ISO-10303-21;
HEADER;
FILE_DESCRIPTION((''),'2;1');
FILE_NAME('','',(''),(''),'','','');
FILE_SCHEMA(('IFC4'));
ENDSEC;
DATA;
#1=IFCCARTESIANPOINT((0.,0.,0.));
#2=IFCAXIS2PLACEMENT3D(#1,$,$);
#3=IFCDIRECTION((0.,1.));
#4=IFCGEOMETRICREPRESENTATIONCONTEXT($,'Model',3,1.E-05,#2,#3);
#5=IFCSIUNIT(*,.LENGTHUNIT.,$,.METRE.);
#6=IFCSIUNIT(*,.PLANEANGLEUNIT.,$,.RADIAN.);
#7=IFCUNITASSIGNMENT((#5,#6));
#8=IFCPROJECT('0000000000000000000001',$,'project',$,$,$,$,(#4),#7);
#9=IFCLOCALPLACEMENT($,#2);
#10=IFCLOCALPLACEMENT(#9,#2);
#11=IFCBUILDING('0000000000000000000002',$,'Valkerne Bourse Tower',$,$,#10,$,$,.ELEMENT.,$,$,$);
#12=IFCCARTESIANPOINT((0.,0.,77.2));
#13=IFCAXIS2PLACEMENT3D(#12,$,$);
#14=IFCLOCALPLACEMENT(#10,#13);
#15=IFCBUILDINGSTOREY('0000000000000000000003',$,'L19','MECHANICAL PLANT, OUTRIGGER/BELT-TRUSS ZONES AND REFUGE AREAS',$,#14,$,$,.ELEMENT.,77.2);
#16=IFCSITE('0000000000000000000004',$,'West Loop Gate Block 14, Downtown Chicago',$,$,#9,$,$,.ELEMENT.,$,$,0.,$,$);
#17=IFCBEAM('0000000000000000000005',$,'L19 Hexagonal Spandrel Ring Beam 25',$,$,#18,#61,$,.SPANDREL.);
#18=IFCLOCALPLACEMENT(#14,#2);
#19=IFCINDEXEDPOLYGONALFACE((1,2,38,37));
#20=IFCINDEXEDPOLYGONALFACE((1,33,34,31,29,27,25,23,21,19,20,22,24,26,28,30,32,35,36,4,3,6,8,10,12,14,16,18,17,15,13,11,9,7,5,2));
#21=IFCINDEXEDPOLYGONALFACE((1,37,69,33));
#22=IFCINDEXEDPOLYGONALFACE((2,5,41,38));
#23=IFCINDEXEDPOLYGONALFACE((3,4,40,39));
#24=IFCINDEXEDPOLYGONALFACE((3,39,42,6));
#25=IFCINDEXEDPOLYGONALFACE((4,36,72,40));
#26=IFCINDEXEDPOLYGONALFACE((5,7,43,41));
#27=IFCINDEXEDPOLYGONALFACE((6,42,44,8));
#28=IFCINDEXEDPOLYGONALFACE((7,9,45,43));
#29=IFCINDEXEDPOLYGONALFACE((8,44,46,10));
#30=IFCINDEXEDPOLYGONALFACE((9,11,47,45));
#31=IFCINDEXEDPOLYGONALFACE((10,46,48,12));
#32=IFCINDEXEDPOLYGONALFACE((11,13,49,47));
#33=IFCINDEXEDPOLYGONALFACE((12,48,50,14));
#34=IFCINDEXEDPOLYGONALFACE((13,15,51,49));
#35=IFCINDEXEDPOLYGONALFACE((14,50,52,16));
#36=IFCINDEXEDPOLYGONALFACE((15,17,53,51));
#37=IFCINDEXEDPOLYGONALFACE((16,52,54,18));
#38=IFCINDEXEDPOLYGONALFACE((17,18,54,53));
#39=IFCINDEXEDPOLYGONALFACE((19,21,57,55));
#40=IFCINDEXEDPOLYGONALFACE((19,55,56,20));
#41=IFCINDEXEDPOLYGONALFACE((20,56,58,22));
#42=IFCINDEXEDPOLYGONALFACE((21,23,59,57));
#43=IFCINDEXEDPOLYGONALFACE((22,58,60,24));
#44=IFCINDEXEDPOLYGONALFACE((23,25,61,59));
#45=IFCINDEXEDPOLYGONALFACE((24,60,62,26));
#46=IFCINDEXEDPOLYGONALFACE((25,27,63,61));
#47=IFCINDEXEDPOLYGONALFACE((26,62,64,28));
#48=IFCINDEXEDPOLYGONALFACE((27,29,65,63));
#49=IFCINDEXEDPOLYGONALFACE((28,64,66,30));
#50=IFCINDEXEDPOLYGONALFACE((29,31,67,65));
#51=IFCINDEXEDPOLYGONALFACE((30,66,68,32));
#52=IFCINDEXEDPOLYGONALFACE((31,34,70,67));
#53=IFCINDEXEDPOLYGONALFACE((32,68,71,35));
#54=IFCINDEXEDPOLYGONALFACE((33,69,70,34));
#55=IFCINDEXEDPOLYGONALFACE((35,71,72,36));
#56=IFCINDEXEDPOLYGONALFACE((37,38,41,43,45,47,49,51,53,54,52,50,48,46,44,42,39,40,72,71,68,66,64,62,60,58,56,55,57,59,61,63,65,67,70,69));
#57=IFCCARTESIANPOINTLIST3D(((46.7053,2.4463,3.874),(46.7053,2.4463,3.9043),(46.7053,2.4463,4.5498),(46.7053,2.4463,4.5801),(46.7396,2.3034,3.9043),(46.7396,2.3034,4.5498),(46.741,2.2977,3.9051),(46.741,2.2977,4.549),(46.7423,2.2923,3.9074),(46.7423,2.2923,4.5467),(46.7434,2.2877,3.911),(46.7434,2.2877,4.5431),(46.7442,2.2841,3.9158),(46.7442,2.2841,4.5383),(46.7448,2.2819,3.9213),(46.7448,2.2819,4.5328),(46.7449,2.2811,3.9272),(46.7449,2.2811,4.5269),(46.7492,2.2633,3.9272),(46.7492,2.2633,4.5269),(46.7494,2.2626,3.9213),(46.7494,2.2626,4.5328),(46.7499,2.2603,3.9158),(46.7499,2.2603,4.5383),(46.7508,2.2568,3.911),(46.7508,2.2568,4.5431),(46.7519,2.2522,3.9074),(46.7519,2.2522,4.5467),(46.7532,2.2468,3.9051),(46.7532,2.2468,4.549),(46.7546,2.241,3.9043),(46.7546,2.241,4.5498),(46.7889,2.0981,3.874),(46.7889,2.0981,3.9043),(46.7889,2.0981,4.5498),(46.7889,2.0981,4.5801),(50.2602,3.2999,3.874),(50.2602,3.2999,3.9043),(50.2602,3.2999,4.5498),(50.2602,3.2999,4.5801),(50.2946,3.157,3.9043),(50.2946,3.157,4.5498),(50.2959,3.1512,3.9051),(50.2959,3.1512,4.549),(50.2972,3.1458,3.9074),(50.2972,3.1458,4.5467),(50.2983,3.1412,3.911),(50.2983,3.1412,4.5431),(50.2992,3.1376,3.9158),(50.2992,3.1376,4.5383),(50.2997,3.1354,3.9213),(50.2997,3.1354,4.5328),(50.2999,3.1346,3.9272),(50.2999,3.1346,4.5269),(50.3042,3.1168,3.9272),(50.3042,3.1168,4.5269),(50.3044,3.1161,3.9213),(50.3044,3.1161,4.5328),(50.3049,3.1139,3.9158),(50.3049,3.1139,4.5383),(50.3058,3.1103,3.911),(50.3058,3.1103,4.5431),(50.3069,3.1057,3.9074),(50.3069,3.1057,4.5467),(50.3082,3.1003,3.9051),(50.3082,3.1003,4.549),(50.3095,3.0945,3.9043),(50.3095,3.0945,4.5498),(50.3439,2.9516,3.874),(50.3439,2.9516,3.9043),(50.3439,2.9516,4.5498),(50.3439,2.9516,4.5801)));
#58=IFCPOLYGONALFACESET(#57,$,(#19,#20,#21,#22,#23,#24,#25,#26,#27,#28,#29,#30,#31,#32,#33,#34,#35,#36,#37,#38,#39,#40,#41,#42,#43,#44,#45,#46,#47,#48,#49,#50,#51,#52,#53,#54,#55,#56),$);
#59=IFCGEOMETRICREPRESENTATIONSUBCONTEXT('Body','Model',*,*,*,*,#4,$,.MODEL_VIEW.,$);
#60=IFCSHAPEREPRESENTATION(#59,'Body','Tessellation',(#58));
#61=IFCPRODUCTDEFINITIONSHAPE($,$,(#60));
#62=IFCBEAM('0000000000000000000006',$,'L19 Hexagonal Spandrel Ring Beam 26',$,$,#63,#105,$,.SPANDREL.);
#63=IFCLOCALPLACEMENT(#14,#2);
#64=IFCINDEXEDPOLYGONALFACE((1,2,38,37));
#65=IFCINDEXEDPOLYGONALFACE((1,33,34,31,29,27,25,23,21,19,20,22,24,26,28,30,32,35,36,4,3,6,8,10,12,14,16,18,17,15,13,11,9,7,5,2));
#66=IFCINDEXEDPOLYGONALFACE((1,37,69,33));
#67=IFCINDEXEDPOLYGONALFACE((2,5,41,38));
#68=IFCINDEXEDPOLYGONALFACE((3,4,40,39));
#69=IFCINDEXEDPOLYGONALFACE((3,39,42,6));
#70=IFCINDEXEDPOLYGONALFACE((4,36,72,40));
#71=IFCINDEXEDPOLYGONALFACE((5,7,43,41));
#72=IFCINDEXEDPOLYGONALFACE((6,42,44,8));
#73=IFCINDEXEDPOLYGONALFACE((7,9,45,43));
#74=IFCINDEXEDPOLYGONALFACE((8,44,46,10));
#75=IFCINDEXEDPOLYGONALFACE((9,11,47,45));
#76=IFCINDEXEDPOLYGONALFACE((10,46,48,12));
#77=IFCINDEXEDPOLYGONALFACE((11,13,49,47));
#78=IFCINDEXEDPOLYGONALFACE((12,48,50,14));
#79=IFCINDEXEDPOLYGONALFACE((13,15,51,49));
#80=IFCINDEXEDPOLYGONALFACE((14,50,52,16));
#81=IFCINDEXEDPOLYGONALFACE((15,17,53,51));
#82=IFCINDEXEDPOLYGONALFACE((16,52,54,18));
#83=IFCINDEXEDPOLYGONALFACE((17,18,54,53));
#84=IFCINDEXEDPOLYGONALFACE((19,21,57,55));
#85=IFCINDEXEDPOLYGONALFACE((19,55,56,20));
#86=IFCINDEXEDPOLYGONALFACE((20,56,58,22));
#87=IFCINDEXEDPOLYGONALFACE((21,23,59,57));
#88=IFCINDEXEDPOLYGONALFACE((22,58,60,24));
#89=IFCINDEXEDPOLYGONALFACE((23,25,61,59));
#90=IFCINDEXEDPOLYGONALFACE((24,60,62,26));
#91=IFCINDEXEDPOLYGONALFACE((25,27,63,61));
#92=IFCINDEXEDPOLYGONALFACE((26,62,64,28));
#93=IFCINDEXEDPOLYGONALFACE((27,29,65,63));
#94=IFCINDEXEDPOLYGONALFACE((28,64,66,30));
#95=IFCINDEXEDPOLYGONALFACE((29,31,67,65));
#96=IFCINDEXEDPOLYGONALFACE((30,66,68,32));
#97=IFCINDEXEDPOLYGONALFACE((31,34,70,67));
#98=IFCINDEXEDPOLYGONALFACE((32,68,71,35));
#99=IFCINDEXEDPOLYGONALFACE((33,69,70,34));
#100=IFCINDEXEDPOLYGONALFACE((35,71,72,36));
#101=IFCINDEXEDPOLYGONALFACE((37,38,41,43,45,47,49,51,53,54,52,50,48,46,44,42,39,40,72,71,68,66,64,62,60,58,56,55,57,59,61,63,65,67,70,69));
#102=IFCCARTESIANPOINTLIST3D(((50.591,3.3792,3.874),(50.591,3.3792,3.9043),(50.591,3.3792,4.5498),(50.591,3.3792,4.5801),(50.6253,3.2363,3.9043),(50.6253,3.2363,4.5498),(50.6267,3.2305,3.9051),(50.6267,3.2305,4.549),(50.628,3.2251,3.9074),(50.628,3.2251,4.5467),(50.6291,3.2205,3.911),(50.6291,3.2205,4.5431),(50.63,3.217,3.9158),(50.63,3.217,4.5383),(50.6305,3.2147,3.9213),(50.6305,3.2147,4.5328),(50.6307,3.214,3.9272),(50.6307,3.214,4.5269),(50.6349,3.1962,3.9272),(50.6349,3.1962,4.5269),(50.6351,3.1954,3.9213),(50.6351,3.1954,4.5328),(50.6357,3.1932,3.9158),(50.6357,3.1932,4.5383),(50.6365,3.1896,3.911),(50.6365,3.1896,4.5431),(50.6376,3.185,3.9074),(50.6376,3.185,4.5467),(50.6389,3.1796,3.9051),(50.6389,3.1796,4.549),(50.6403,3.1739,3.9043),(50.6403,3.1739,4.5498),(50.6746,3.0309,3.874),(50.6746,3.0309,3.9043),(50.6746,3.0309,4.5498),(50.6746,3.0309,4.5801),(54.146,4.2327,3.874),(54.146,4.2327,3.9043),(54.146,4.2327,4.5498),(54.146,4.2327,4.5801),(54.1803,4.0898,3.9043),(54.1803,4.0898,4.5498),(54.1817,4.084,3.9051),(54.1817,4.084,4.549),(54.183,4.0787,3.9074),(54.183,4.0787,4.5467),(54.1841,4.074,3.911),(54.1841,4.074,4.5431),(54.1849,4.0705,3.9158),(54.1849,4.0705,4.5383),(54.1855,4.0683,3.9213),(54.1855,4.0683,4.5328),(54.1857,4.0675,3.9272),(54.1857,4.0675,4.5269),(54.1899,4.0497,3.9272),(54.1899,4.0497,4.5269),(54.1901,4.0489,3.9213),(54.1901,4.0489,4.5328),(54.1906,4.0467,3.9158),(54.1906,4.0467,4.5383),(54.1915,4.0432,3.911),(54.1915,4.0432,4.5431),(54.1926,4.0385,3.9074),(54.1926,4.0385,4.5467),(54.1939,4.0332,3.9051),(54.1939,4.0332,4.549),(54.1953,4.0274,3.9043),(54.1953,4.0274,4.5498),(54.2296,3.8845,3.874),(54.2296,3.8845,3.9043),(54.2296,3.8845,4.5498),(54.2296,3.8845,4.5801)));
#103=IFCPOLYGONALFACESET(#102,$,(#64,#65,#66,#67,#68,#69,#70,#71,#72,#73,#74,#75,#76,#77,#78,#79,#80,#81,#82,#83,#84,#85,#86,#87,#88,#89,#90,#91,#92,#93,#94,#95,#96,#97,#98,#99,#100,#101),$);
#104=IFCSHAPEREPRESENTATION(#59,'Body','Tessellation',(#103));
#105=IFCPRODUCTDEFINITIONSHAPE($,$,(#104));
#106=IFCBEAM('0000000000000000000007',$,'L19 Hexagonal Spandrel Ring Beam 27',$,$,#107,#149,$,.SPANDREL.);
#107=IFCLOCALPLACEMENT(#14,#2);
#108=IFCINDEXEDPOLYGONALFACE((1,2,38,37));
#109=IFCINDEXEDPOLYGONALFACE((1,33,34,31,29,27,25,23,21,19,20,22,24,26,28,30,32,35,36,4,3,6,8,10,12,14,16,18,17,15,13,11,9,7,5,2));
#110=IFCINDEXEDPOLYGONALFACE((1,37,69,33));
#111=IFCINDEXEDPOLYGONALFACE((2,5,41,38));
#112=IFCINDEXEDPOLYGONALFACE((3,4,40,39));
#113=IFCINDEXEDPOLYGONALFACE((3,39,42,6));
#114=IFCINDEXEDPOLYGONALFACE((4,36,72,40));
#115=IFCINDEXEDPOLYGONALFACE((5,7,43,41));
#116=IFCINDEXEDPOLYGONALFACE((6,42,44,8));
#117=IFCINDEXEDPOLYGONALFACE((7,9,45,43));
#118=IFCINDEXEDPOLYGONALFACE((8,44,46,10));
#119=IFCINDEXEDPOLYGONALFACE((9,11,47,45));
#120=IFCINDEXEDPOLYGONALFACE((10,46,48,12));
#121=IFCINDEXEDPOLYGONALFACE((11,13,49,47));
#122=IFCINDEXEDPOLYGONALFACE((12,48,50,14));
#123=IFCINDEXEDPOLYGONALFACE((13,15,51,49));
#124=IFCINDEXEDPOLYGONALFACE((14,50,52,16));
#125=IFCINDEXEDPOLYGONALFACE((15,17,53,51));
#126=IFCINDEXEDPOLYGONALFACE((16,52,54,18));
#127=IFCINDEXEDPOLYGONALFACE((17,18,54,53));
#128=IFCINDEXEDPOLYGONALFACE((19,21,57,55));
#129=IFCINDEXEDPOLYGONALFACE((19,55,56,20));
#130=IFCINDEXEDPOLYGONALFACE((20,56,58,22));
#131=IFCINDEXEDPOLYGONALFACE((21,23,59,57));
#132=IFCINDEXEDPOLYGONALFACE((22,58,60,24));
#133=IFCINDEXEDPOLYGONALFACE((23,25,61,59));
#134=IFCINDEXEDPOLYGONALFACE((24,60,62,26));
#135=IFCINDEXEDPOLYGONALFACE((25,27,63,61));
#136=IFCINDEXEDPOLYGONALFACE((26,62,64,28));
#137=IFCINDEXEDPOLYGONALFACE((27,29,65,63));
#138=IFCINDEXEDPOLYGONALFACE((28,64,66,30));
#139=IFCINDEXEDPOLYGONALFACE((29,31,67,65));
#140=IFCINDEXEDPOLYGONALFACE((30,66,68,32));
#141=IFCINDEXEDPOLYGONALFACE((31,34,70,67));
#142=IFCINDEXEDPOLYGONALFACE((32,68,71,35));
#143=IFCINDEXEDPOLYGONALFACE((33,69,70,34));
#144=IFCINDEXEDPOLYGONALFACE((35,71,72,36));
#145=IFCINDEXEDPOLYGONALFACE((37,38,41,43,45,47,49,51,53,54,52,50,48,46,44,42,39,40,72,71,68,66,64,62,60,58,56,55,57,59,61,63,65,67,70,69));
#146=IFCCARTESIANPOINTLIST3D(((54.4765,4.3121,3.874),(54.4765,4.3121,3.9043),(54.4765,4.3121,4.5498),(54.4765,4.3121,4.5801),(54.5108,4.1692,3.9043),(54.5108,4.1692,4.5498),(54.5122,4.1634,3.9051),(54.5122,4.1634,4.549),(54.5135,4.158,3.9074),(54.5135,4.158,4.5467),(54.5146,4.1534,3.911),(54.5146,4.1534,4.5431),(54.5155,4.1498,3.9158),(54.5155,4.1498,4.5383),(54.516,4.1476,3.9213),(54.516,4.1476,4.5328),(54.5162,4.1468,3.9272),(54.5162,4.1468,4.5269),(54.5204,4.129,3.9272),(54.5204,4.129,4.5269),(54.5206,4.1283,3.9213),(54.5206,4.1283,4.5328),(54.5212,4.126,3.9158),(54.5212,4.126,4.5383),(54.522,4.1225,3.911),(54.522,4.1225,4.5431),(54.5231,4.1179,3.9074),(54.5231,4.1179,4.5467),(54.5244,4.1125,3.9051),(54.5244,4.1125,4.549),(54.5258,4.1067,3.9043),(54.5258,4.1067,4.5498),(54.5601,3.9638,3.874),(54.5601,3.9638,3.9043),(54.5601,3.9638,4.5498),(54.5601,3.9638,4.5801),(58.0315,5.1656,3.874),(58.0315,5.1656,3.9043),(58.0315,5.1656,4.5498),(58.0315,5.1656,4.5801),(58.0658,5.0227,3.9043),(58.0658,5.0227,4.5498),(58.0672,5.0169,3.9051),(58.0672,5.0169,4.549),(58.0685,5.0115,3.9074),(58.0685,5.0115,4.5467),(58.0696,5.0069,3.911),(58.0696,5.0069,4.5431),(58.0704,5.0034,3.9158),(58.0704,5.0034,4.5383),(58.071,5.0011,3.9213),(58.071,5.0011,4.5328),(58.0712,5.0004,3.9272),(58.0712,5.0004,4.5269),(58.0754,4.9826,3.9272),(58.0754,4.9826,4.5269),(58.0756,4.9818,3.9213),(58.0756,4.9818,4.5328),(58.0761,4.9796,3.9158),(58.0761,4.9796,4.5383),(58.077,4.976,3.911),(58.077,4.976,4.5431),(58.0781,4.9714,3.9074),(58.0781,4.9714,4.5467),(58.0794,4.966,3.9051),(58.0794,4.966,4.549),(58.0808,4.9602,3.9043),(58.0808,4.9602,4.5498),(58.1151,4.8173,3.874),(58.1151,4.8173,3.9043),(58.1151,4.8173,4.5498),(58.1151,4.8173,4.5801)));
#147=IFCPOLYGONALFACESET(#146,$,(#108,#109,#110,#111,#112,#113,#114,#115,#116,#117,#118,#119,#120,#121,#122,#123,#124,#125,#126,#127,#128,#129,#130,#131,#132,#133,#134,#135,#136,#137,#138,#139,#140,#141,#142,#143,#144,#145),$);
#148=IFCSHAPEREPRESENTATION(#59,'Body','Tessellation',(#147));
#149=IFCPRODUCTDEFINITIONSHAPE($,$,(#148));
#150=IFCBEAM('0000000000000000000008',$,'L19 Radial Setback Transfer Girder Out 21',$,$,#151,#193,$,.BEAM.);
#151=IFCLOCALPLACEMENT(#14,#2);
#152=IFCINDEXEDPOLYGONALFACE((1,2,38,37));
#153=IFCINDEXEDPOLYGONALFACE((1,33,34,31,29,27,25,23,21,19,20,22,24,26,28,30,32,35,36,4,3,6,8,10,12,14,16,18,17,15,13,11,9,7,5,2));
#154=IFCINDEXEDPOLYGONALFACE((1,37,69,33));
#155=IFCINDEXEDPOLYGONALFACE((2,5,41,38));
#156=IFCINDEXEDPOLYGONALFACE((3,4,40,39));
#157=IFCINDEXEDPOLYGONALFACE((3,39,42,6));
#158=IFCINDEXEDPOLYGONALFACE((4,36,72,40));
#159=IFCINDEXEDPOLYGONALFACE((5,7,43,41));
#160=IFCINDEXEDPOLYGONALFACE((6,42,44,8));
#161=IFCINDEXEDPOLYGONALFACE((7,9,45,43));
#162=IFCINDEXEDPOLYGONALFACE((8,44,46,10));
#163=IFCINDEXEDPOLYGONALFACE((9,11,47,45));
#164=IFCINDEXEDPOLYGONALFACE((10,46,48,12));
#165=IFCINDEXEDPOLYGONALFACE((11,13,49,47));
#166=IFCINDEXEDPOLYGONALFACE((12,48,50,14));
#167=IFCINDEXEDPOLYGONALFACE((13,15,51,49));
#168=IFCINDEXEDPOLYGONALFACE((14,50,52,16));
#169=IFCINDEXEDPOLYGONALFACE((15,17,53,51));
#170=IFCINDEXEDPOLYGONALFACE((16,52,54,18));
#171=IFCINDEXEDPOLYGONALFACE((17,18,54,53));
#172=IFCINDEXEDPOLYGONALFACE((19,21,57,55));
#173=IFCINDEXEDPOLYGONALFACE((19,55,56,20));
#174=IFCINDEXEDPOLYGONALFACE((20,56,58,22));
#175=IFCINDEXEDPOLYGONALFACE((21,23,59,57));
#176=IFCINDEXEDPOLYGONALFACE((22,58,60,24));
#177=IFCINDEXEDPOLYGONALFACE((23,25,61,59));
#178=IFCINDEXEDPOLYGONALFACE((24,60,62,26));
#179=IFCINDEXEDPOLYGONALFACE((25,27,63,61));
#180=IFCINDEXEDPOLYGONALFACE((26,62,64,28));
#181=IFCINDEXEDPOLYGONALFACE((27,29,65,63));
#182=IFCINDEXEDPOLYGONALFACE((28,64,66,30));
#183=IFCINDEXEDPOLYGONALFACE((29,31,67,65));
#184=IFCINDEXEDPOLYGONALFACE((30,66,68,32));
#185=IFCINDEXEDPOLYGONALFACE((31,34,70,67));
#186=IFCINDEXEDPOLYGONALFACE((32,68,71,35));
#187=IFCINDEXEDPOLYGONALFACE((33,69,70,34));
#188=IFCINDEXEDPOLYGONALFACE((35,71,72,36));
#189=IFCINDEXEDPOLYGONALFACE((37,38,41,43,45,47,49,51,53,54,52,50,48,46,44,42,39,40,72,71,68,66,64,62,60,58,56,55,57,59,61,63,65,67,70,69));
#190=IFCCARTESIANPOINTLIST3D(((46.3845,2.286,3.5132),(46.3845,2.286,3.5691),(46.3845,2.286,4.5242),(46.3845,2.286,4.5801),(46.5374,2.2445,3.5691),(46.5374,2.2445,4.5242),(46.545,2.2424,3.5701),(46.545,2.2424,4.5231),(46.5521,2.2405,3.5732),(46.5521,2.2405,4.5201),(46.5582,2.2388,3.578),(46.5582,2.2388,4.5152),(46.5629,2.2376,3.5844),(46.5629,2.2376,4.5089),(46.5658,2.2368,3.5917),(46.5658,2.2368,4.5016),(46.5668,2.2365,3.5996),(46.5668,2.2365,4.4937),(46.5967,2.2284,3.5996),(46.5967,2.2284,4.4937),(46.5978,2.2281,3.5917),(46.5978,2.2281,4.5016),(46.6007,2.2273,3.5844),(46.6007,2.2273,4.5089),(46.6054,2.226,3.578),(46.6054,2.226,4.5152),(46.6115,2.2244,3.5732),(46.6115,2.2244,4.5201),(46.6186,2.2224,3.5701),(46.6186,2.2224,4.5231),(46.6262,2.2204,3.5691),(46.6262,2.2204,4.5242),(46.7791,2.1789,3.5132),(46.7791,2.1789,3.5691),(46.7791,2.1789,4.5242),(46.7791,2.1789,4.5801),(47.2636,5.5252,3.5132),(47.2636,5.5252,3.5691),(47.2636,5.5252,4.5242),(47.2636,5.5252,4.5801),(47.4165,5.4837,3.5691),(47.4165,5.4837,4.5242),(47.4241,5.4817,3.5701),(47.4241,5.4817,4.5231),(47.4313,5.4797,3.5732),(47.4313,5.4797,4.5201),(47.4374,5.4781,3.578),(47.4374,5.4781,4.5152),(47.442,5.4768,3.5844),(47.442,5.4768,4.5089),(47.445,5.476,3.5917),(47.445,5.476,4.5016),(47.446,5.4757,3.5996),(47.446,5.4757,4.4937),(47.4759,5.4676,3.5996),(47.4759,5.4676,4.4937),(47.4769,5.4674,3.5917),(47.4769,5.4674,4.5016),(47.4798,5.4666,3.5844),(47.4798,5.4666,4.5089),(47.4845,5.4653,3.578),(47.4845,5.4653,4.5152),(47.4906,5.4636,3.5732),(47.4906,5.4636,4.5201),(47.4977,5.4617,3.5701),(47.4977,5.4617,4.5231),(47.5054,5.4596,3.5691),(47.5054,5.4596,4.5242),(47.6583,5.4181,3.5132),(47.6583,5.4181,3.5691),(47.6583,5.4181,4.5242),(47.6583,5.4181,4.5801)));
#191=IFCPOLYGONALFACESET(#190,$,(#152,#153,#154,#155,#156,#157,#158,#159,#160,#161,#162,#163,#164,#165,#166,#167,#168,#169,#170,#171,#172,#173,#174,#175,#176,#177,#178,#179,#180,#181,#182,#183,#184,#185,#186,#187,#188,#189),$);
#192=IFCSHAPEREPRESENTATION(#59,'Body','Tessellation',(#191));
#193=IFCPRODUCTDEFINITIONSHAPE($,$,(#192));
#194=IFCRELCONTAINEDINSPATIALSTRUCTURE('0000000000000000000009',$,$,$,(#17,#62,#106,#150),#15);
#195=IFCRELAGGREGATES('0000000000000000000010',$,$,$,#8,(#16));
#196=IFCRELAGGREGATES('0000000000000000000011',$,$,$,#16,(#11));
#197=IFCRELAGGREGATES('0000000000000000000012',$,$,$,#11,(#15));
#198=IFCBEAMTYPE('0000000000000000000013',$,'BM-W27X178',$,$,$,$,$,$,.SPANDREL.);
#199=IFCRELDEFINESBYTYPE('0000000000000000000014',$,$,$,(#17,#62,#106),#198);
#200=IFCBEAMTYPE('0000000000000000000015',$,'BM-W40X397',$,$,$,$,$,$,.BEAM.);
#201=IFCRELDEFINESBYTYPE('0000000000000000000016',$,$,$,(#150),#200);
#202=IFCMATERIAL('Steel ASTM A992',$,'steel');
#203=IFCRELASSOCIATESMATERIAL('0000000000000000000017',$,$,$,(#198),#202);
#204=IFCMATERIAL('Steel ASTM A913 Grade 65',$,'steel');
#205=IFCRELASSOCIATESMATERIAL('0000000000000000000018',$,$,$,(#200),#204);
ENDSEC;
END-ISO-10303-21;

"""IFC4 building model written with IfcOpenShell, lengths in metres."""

from ifc_helpers import new_model, si_unit, direction, frame, origin, origin_2d, place, context, subcontext, project, spatial, i_section, extrude, material, material_profile, profile_set, type_object, element, save


model = new_model("IFC4")

# Units and contexts
model_context = context("Model", 3, precision=1e-05, world=origin(), true_north=direction((0.0, 1.0)))
body_context = subcontext(model_context, "Body", "Model", "MODEL_VIEW")
ifc_project = project(units=[si_unit("LENGTHUNIT", "METRE"), si_unit("PLANEANGLEUNIT", "RADIAN")], contexts=[model_context])

# Site, building, storey
site_placement = place(None, origin())
site = spatial("IfcSite", under=ifc_project, at=site_placement, Name="West Loop Gate Block 14, Downtown Chicago", CompositionType="ELEMENT", RefElevation=0.0)
building_placement = place(site_placement, origin())
building = spatial("IfcBuilding", under=site, at=building_placement, Name="Valkerne Bourse Tower", CompositionType="ELEMENT")
storey_placement = place(building_placement, frame((0.0, 0.0, 77.2)))
storey = spatial("IfcBuildingStorey", under=building, at=storey_placement, Name="L19", Description="MECHANICAL PLANT, OUTRIGGER/BELT-TRUSS ZONES AND REFUGE AREAS", CompositionType="ELEMENT", Elevation=77.2)

# Shared definitions
ifc_material_1 = material(Name="Steel ASTM A913 Grade 65", Category="steel")

# Beams
ifc_material_2 = material(Name="Steel ASTM A992", Category="steel")
ifc_material_profile_1 = material_profile(ifc_material_2, i_section(OverallWidth=0.3582, OverallDepth=0.7061, WebThickness=0.0183, FlangeThickness=0.0303, FilletRadius=0.0229, at=origin_2d()), Name="W27X178")
ifc_profile_set_1 = profile_set([ifc_material_profile_1], Name="Steel ASTM A992")
beam_type_1 = type_object("IfcBeamType", Name="BM-W27X178", PredefinedType="SPANDREL", material=ifc_profile_set_1)
for number, where, z_axis, x_axis, name in (
    (1, (46.7471, 2.2722, 4.2271), (0.972367, 0.233459, 0.0), (-0.233459, 0.972367, 0.0), "L19 Hexagonal Spandrel Ring Beam 25"),
    (2, (50.6328, 3.2051, 4.2271), (0.972367, 0.233459, 0.0), (-0.233459, 0.972367, 0.0), "L19 Hexagonal Spandrel Ring Beam 26"),
    (3, (54.5183, 4.1379, 4.2271), (0.972367, 0.233459, 0.0), (-0.233459, 0.972367, 0.0), "L19 Hexagonal Spandrel Ring Beam 27"),
):
    element("IfcBeam", number, at=place(storey_placement, frame(where, z_axis=z_axis, x_axis=x_axis)), inside=storey, type_object=beam_type_1, Name=name, PredefinedType="SPANDREL", context=body_context, shape_type="SweptSolid", body=[
        extrude(i_section(OverallWidth=0.3582, OverallDepth=0.7061, WebThickness=0.0183, FlangeThickness=0.0303, FilletRadius=0.0229, at=origin_2d()), origin(), (0.0, 0.0, 1.0), 3.656),
    ])
ifc_material_profile_2 = material_profile(ifc_material_1, i_section(OverallWidth=0.4089, OverallDepth=1.0669, WebThickness=0.031, FlangeThickness=0.0559, FilletRadius=0.0305, at=origin_2d()), Name="W40X397")
ifc_profile_set_2 = profile_set([ifc_material_profile_2], Name="Steel ASTM A913 Grade 65")
beam_type_2 = type_object("IfcBeamType", Name="BM-W40X397", PredefinedType="BEAM", material=ifc_profile_set_2)
beam_1_placement = place(storey_placement, frame((46.5818, 2.2324, 4.0466), z_axis=(0.261929, 0.965087, 0.0), x_axis=(-0.965087, 0.261929, 0.0)))
element("IfcBeam", 4, at=beam_1_placement, inside=storey, type_object=beam_type_2, Name="L19 Radial Setback Transfer Girder Out 21", PredefinedType="BEAM", context=body_context, shape_type="SweptSolid", body=[
    extrude(i_section(OverallWidth=0.4089, OverallDepth=1.0669, WebThickness=0.031, FlangeThickness=0.0559, FilletRadius=0.0305, at=origin_2d()), origin(), (0.0, 0.0, 1.0), 3.3564),
])

save(model, "model.ifc")
